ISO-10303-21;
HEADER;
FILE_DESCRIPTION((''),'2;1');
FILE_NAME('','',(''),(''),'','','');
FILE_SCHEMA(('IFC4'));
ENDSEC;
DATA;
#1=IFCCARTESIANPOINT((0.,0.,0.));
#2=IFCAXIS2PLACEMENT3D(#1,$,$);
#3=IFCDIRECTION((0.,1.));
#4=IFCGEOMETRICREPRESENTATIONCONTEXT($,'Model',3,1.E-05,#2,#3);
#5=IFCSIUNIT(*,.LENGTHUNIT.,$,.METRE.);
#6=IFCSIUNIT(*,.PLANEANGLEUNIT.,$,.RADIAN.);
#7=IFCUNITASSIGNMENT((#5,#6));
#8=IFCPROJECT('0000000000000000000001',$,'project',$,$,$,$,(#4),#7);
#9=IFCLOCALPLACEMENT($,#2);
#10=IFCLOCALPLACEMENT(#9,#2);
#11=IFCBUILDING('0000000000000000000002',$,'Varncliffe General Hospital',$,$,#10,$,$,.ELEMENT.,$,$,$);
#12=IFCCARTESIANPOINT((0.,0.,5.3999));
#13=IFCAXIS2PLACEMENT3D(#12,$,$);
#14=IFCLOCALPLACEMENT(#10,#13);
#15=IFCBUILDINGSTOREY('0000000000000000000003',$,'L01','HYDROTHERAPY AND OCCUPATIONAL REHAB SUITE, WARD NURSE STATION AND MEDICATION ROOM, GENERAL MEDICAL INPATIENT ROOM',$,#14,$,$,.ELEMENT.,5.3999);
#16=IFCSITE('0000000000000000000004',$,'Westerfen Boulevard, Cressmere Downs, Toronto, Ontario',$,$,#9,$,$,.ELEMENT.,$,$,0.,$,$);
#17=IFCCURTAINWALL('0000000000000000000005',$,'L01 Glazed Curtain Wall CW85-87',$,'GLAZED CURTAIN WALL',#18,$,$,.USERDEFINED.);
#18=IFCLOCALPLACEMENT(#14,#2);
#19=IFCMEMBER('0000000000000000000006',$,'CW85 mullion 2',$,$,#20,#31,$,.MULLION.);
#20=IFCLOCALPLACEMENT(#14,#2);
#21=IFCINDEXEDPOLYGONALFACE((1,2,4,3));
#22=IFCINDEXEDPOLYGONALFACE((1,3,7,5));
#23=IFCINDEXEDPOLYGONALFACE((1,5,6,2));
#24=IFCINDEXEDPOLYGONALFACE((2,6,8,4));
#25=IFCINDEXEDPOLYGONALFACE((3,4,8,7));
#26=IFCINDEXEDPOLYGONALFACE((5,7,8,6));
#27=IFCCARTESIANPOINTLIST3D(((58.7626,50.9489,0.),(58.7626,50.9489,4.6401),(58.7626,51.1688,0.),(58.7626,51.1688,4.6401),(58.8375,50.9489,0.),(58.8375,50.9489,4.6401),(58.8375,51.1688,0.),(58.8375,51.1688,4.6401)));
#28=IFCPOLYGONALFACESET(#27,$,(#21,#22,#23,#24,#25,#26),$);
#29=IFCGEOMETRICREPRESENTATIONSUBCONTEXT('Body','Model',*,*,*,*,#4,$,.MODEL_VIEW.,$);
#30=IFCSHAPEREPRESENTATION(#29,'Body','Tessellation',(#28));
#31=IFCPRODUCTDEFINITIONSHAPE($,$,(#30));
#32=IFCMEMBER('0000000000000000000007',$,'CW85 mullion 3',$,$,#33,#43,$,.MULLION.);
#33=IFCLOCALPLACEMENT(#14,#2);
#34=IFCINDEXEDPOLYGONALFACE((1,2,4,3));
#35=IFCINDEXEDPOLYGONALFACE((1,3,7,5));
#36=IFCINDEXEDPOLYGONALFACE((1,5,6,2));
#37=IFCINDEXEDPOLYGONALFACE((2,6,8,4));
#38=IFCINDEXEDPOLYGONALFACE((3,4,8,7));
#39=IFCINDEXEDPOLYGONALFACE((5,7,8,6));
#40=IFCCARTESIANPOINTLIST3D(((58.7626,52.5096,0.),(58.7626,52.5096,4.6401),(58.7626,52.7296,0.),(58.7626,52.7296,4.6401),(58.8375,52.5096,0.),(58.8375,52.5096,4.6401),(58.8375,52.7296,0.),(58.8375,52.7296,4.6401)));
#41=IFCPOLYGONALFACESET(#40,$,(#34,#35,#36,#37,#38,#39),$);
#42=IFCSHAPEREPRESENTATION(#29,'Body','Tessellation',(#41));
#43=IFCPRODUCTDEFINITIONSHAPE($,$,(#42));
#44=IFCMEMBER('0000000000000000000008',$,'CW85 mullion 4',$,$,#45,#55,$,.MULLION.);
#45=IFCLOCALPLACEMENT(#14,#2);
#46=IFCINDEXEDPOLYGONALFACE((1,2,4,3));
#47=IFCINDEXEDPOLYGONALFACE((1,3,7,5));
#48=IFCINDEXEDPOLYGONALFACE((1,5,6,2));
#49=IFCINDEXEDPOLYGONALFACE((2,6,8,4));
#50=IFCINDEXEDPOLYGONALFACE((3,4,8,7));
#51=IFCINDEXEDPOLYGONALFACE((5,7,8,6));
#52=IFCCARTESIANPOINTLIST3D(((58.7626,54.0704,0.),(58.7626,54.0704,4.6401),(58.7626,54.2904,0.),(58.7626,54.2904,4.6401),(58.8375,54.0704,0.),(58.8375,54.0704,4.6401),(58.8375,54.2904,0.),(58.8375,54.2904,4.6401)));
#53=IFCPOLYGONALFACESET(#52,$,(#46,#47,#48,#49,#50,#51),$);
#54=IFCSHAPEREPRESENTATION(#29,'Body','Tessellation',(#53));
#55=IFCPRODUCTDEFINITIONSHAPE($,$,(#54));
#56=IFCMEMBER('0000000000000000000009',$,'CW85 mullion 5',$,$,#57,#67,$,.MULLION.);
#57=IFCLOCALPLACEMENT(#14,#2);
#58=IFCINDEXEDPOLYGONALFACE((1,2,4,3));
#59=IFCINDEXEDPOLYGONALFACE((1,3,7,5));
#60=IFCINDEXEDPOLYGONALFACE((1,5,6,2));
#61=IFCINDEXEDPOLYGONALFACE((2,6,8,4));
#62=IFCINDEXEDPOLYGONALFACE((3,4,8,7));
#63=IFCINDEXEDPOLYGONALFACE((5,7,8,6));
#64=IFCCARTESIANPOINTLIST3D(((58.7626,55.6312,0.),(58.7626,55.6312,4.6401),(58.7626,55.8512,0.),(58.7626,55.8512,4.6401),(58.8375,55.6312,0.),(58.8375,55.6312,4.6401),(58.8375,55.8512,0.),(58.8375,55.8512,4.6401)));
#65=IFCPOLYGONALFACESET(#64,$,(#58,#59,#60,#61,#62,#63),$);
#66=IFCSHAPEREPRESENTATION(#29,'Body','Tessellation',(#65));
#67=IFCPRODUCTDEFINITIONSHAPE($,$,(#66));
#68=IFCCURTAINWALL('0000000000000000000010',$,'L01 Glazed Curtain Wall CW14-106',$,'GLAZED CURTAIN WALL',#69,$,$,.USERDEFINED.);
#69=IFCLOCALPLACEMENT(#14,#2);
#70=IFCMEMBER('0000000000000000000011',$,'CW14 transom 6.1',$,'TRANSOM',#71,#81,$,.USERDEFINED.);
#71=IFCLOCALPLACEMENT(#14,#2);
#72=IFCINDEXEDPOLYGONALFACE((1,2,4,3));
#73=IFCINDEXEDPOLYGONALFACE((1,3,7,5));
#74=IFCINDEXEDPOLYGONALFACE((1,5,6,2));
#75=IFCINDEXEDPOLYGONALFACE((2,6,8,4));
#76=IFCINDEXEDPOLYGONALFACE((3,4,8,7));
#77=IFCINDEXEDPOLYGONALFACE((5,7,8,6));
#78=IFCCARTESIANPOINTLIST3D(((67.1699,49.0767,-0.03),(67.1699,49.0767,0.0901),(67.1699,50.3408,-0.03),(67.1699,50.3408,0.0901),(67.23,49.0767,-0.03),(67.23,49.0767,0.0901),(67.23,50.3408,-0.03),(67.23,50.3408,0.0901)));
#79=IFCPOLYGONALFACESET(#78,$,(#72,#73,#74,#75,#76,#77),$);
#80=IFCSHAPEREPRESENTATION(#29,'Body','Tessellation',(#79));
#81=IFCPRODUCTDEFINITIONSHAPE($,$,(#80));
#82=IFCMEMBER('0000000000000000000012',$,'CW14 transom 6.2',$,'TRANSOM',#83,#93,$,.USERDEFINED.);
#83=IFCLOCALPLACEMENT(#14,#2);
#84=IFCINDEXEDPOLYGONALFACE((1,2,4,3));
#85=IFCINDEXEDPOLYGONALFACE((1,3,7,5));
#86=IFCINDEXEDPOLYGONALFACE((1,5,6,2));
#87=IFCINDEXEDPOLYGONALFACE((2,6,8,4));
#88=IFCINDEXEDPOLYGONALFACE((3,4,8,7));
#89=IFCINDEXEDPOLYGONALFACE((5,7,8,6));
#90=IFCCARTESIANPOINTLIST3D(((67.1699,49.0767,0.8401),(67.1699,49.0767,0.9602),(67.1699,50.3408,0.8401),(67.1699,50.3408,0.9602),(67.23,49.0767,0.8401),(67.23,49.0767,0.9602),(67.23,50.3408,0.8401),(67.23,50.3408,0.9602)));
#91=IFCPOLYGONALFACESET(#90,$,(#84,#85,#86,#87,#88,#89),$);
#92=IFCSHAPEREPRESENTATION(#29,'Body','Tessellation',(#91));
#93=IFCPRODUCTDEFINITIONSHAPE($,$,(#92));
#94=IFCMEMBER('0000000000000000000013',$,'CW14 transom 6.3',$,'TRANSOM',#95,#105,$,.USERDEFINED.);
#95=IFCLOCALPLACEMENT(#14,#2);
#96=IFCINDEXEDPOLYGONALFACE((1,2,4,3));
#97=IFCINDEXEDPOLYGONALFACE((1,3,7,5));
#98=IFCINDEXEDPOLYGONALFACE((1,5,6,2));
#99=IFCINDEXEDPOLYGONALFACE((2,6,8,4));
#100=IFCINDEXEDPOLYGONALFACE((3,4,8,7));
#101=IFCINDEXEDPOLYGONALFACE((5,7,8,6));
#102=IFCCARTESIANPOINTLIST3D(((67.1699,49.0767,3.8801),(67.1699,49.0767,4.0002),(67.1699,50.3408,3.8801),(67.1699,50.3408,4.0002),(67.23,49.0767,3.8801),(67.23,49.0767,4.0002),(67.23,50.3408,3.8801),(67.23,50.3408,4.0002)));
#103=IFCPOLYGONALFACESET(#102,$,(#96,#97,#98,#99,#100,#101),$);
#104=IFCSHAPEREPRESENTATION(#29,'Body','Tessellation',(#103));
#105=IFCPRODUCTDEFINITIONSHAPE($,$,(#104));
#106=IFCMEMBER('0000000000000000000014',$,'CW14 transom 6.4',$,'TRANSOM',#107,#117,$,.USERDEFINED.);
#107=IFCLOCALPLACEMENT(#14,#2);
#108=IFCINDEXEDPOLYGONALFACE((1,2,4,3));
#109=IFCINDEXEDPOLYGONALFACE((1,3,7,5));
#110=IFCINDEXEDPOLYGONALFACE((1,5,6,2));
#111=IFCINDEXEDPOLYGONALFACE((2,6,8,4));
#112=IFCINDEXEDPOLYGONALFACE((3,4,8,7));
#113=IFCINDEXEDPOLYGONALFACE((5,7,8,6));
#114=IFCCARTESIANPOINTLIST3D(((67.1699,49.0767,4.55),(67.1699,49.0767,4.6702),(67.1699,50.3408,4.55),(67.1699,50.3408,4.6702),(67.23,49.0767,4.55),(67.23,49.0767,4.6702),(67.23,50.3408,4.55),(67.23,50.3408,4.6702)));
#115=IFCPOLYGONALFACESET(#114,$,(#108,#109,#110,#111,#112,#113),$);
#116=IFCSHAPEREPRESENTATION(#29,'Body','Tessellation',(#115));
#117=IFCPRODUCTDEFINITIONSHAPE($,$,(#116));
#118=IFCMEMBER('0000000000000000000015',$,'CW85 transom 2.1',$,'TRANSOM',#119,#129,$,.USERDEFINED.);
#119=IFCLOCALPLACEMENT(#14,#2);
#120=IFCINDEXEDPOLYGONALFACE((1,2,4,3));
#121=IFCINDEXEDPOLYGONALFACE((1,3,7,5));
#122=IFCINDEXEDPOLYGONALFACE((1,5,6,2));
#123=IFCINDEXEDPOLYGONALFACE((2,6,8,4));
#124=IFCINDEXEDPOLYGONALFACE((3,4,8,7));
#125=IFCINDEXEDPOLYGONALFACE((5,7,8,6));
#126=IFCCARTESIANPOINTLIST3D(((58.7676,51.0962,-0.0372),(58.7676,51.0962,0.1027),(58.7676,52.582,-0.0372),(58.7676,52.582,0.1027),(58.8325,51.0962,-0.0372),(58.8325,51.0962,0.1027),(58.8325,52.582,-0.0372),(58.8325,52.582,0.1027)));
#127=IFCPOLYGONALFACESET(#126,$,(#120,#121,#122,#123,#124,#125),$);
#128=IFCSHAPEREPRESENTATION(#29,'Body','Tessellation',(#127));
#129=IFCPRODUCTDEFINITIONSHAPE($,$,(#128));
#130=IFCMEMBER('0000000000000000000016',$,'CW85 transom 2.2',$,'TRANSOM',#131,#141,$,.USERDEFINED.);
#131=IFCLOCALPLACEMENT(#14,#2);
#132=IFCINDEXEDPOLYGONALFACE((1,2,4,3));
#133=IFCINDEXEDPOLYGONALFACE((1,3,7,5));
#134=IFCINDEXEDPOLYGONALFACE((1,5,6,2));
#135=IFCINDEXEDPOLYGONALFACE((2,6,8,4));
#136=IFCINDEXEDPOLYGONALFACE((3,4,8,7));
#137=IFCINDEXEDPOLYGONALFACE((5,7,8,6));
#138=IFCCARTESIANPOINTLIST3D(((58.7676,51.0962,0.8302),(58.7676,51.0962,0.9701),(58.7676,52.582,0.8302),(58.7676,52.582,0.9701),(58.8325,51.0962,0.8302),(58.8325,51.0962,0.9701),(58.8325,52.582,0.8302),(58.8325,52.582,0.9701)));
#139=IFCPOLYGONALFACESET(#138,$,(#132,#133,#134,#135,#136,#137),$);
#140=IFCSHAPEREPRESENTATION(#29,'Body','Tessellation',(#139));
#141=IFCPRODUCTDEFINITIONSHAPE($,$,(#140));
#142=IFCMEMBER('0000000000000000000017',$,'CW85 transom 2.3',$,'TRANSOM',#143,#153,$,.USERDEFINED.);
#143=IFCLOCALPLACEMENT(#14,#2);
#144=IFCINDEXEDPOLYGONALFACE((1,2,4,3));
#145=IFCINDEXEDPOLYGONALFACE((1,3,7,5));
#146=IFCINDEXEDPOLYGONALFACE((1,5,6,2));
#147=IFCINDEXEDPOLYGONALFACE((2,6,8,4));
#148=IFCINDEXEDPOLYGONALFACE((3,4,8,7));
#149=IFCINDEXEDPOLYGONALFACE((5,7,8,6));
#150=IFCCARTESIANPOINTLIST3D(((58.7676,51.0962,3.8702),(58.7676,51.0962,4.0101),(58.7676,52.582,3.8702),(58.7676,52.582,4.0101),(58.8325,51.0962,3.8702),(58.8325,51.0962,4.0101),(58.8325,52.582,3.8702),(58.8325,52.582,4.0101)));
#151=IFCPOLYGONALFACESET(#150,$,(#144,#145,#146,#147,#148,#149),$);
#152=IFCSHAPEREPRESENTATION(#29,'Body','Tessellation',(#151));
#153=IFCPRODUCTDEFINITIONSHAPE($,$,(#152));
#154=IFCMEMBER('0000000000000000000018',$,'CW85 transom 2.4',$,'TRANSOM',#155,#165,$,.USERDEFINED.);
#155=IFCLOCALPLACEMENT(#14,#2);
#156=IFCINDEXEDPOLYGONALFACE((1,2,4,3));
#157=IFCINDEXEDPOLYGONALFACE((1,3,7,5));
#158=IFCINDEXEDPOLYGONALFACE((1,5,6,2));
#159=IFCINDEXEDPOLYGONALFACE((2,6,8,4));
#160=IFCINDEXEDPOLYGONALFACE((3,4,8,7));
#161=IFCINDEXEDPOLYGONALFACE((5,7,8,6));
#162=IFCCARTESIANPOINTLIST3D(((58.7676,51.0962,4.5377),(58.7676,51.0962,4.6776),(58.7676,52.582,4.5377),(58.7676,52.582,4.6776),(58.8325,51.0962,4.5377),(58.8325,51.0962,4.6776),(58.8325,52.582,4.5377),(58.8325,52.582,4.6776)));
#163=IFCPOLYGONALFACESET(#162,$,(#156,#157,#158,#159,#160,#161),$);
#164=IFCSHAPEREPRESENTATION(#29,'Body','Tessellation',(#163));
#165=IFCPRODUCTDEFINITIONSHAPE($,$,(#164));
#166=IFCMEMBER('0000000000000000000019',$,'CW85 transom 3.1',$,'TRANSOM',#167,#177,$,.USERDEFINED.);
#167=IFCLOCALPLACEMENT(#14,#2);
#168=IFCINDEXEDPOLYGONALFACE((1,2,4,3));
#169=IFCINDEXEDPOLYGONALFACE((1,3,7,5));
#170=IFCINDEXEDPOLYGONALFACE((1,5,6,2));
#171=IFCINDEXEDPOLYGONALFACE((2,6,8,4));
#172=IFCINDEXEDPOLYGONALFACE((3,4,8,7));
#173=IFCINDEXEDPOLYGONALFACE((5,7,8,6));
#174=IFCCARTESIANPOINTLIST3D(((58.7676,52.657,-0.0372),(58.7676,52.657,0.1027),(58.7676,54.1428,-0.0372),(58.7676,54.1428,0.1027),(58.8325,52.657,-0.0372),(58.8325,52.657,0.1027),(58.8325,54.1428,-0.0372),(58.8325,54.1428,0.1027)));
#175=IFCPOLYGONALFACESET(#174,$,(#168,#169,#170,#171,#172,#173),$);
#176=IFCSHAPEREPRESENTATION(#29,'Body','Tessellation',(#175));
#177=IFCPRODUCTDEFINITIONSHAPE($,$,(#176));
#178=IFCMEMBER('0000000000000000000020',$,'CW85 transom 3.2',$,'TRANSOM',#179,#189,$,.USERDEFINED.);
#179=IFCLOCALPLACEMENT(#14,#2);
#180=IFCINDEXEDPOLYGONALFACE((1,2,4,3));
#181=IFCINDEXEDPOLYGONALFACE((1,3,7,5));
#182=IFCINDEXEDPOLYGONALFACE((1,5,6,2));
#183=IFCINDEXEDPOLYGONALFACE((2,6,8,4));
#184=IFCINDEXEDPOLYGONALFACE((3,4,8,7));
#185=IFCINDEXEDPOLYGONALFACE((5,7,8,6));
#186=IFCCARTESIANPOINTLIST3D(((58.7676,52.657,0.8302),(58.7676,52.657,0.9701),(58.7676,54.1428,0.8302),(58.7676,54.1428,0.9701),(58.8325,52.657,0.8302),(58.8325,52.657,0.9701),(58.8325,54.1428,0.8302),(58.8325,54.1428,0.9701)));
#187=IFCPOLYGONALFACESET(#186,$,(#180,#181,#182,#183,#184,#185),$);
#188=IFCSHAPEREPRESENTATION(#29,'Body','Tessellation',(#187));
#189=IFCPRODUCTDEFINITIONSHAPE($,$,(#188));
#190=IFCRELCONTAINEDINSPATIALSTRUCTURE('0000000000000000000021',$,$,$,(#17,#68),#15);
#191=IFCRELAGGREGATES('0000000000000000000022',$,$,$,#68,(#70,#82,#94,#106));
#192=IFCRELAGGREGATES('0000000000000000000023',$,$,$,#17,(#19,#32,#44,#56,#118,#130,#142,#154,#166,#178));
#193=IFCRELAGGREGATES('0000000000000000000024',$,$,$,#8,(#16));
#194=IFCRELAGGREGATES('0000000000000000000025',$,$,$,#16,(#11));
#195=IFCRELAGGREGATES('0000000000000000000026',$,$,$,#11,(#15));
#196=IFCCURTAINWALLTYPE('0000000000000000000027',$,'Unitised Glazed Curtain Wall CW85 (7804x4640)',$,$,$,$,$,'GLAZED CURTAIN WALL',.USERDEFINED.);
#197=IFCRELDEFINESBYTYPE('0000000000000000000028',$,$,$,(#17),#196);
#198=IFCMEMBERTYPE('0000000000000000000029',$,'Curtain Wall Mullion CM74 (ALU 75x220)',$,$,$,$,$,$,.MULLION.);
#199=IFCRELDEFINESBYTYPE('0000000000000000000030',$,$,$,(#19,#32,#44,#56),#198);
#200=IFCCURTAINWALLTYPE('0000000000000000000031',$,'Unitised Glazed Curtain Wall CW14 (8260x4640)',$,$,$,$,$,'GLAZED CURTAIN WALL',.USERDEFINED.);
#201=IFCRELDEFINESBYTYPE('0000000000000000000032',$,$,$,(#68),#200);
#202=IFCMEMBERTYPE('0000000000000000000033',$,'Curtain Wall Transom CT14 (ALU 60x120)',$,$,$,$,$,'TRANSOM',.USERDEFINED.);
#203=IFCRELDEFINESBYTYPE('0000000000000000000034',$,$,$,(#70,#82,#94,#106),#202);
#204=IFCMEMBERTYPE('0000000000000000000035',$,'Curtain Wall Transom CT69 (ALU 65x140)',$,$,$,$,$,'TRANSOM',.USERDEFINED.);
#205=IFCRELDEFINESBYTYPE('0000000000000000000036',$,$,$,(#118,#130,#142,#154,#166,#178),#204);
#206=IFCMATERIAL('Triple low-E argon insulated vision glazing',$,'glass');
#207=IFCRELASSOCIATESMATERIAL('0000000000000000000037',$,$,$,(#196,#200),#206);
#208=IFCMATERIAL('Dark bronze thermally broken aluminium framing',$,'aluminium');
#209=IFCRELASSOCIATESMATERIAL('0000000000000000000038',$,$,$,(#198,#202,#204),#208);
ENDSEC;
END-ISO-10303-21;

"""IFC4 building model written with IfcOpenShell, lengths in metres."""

from ifc_helpers import new_model, si_unit, direction, frame, origin, origin_2d, place, context, subcontext, project, spatial, rectangle, extrude, material, material_profile, profile_set, type_object, element, aggregate, save


model = new_model("IFC4")

# Units and contexts
model_context = context("Model", 3, precision=1e-05, world=origin(), true_north=direction((0.0, 1.0)))
body_context = subcontext(model_context, "Body", "Model", "MODEL_VIEW")
ifc_project = project(units=[si_unit("LENGTHUNIT", "METRE"), si_unit("PLANEANGLEUNIT", "RADIAN")], contexts=[model_context])

# Site, building, storey
site_placement = place(None, origin())
site = spatial("IfcSite", under=ifc_project, at=site_placement, Name="Westerfen Boulevard, Cressmere Downs, Toronto, Ontario", CompositionType="ELEMENT", RefElevation=0.0)
building_placement = place(site_placement, origin())
building = spatial("IfcBuilding", under=site, at=building_placement, Name="Varncliffe General Hospital", CompositionType="ELEMENT")
storey_placement = place(building_placement, frame((0.0, 0.0, 5.3999)))
storey = spatial("IfcBuildingStorey", under=building, at=storey_placement, Name="L01", Description="HYDROTHERAPY AND OCCUPATIONAL REHAB SUITE, WARD NURSE STATION AND MEDICATION ROOM, GENERAL MEDICAL INPATIENT ROOM", CompositionType="ELEMENT", Elevation=5.3999)

# Curtain walls, members
ifc_material_1 = material(Name="Triple low-E argon insulated vision glazing", Category="glass")
curtain_wall_type_1 = type_object("IfcCurtainWallType", Name="Unitised Glazed Curtain Wall CW85 (7804x4640)", ElementType="GLAZED CURTAIN WALL", PredefinedType="USERDEFINED", material=ifc_material_1)
curtain_wall_1_placement = place(storey_placement, origin())
curtain_wall_1 = element("IfcCurtainWall", 1, at=curtain_wall_1_placement, inside=storey, type_object=curtain_wall_type_1, Name="L01 Glazed Curtain Wall CW85-87", ObjectType="GLAZED CURTAIN WALL", PredefinedType="USERDEFINED")
ifc_material_2 = material(Name="Dark bronze thermally broken aluminium framing", Category="aluminium")
ifc_material_profile_1 = material_profile(ifc_material_2, rectangle(XDim=0.075, YDim=0.22, at=origin_2d()), Name="ALU 75x220")
ifc_profile_set_1 = profile_set([ifc_material_profile_1], Name="Dark bronze thermally broken aluminium framing")
member_type_1 = type_object("IfcMemberType", Name="Curtain Wall Mullion CM74 (ALU 75x220)", PredefinedType="MULLION", material=ifc_profile_set_1)
member_1_placement = place(storey_placement, frame((58.8, 51.0588, 0.0), z_axis=(0.0, 0.0, 1.0), x_axis=(-1.0, 0.0, 0.0)))
member_1 = element("IfcMember", 2, at=member_1_placement, type_object=member_type_1, Name="CW85 mullion 2", PredefinedType="MULLION", context=body_context, shape_type="SweptSolid", body=[
    extrude(rectangle(XDim=0.075, YDim=0.22, at=origin_2d()), origin(), (0.0, 0.0, 1.0), 4.6401),
])
member_2_placement = place(storey_placement, frame((58.8, 52.6196, 0.0), z_axis=(0.0, 0.0, 1.0), x_axis=(-1.0, 0.0, 0.0)))
member_2 = element("IfcMember", 3, at=member_2_placement, type_object=member_type_1, Name="CW85 mullion 3", PredefinedType="MULLION", context=body_context, shape_type="SweptSolid", body=[
    extrude(rectangle(XDim=0.075, YDim=0.22, at=origin_2d()), origin(), (0.0, 0.0, 1.0), 4.6401),
])
member_3_placement = place(storey_placement, frame((58.8, 54.1804, 0.0), z_axis=(0.0, 0.0, 1.0), x_axis=(-1.0, 0.0, 0.0)))
member_3 = element("IfcMember", 4, at=member_3_placement, type_object=member_type_1, Name="CW85 mullion 4", PredefinedType="MULLION", context=body_context, shape_type="SweptSolid", body=[
    extrude(rectangle(XDim=0.075, YDim=0.22, at=origin_2d()), origin(), (0.0, 0.0, 1.0), 4.6401),
])
member_4_placement = place(storey_placement, frame((58.8, 55.7412, 0.0), z_axis=(0.0, 0.0, 1.0), x_axis=(-1.0, 0.0, 0.0)))
member_4 = element("IfcMember", 5, at=member_4_placement, type_object=member_type_1, Name="CW85 mullion 5", PredefinedType="MULLION", context=body_context, shape_type="SweptSolid", body=[
    extrude(rectangle(XDim=0.075, YDim=0.22, at=origin_2d()), origin(), (0.0, 0.0, 1.0), 4.6401),
])
curtain_wall_type_2 = type_object("IfcCurtainWallType", Name="Unitised Glazed Curtain Wall CW14 (8260x4640)", ElementType="GLAZED CURTAIN WALL", PredefinedType="USERDEFINED", material=ifc_material_1)
curtain_wall_2_placement = place(storey_placement, origin())
curtain_wall_2 = element("IfcCurtainWall", 6, at=curtain_wall_2_placement, inside=storey, type_object=curtain_wall_type_2, Name="L01 Glazed Curtain Wall CW14-106", ObjectType="GLAZED CURTAIN WALL", PredefinedType="USERDEFINED")
ifc_material_profile_2 = material_profile(ifc_material_2, rectangle(XDim=0.0601, YDim=0.1201, at=origin_2d()), Name="ALU 60x120")
ifc_profile_set_2 = profile_set([ifc_material_profile_2], Name="Dark bronze thermally broken aluminium framing")
member_type_2 = type_object("IfcMemberType", Name="Curtain Wall Transom CT14 (ALU 60x120)", ElementType="TRANSOM", PredefinedType="USERDEFINED", material=ifc_profile_set_2)
member_5_placement = place(storey_placement, frame((67.2, 50.3408, 0.03), z_axis=(0.0, -1.0, 0.0), x_axis=(1.0, 0.0, 0.0)))
member_5 = element("IfcMember", 7, at=member_5_placement, type_object=member_type_2, Name="CW14 transom 6.1", ObjectType="TRANSOM", PredefinedType="USERDEFINED", context=body_context, shape_type="SweptSolid", body=[
    extrude(rectangle(XDim=0.0601, YDim=0.1201, at=origin_2d()), origin(), (0.0, 0.0, 1.0), 1.2642),
])
member_6_placement = place(storey_placement, frame((67.2, 50.3408, 0.9001), z_axis=(0.0, -1.0, 0.0), x_axis=(1.0, 0.0, 0.0)))
member_6 = element("IfcMember", 8, at=member_6_placement, type_object=member_type_2, Name="CW14 transom 6.2", ObjectType="TRANSOM", PredefinedType="USERDEFINED", context=body_context, shape_type="SweptSolid", body=[
    extrude(rectangle(XDim=0.0601, YDim=0.1201, at=origin_2d()), origin(), (0.0, 0.0, 1.0), 1.2642),
])
member_7_placement = place(storey_placement, frame((67.2, 50.3408, 3.9402), z_axis=(0.0, -1.0, 0.0), x_axis=(1.0, 0.0, 0.0)))
member_7 = element("IfcMember", 9, at=member_7_placement, type_object=member_type_2, Name="CW14 transom 6.3", ObjectType="TRANSOM", PredefinedType="USERDEFINED", context=body_context, shape_type="SweptSolid", body=[
    extrude(rectangle(XDim=0.0601, YDim=0.1201, at=origin_2d()), origin(), (0.0, 0.0, 1.0), 1.2642),
])
member_8_placement = place(storey_placement, frame((67.2, 50.3408, 4.6101), z_axis=(0.0, -1.0, 0.0), x_axis=(1.0, 0.0, 0.0)))
member_8 = element("IfcMember", 10, at=member_8_placement, type_object=member_type_2, Name="CW14 transom 6.4", ObjectType="TRANSOM", PredefinedType="USERDEFINED", context=body_context, shape_type="SweptSolid", body=[
    extrude(rectangle(XDim=0.0601, YDim=0.1201, at=origin_2d()), origin(), (0.0, 0.0, 1.0), 1.2642),
])
aggregate(curtain_wall_2, [member_5, member_6, member_7, member_8])

# Members
ifc_material_profile_3 = material_profile(ifc_material_2, rectangle(XDim=0.0649, YDim=0.1399, at=origin_2d()), Name="ALU 65x140")
ifc_profile_set_3 = profile_set([ifc_material_profile_3], Name="Dark bronze thermally broken aluminium framing")
member_type_3 = type_object("IfcMemberType", Name="Curtain Wall Transom CT69 (ALU 65x140)", ElementType="TRANSOM", PredefinedType="USERDEFINED", material=ifc_profile_set_3)
member_9_placement = place(storey_placement, frame((58.8, 51.0962, 0.0327), z_axis=(0.0, 1.0, 0.0), x_axis=(-1.0, 0.0, 0.0)))
member_9 = element("IfcMember", 11, at=member_9_placement, type_object=member_type_3, Name="CW85 transom 2.1", ObjectType="TRANSOM", PredefinedType="USERDEFINED", context=body_context, shape_type="SweptSolid", body=[
    extrude(rectangle(XDim=0.0649, YDim=0.1399, at=origin_2d()), origin(), (0.0, 0.0, 1.0), 1.4858),
])
member_10_placement = place(storey_placement, frame((58.8, 51.0962, 0.9001), z_axis=(0.0, 1.0, 0.0), x_axis=(-1.0, 0.0, 0.0)))
member_10 = element("IfcMember", 12, at=member_10_placement, type_object=member_type_3, Name="CW85 transom 2.2", ObjectType="TRANSOM", PredefinedType="USERDEFINED", context=body_context, shape_type="SweptSolid", body=[
    extrude(rectangle(XDim=0.0649, YDim=0.1399, at=origin_2d()), origin(), (0.0, 0.0, 1.0), 1.4858),
])
member_11_placement = place(storey_placement, frame((58.8, 51.0962, 3.9402), z_axis=(0.0, 1.0, 0.0), x_axis=(-1.0, 0.0, 0.0)))
member_11 = element("IfcMember", 13, at=member_11_placement, type_object=member_type_3, Name="CW85 transom 2.3", ObjectType="TRANSOM", PredefinedType="USERDEFINED", context=body_context, shape_type="SweptSolid", body=[
    extrude(rectangle(XDim=0.0649, YDim=0.1399, at=origin_2d()), origin(), (0.0, 0.0, 1.0), 1.4858),
])
member_12_placement = place(storey_placement, frame((58.8, 51.0962, 4.6077), z_axis=(0.0, 1.0, 0.0), x_axis=(-1.0, 0.0, 0.0)))
member_12 = element("IfcMember", 14, at=member_12_placement, type_object=member_type_3, Name="CW85 transom 2.4", ObjectType="TRANSOM", PredefinedType="USERDEFINED", context=body_context, shape_type="SweptSolid", body=[
    extrude(rectangle(XDim=0.0649, YDim=0.1399, at=origin_2d()), origin(), (0.0, 0.0, 1.0), 1.4858),
])
member_13_placement = place(storey_placement, frame((58.8, 52.657, 0.0327), z_axis=(0.0, 1.0, 0.0), x_axis=(-1.0, 0.0, 0.0)))
member_13 = element("IfcMember", 15, at=member_13_placement, type_object=member_type_3, Name="CW85 transom 3.1", ObjectType="TRANSOM", PredefinedType="USERDEFINED", context=body_context, shape_type="SweptSolid", body=[
    extrude(rectangle(XDim=0.0649, YDim=0.1399, at=origin_2d()), origin(), (0.0, 0.0, 1.0), 1.4858),
])
member_14_placement = place(storey_placement, frame((58.8, 52.657, 0.9001), z_axis=(0.0, 1.0, 0.0), x_axis=(-1.0, 0.0, 0.0)))
member_14 = element("IfcMember", 16, at=member_14_placement, type_object=member_type_3, Name="CW85 transom 3.2", ObjectType="TRANSOM", PredefinedType="USERDEFINED", context=body_context, shape_type="SweptSolid", body=[
    extrude(rectangle(XDim=0.0649, YDim=0.1399, at=origin_2d()), origin(), (0.0, 0.0, 1.0), 1.4858),
])

aggregate(curtain_wall_1, [member_1, member_2, member_3, member_4, member_9, member_10, member_11, member_12, member_13, member_14])

save(model, "model.ifc")
